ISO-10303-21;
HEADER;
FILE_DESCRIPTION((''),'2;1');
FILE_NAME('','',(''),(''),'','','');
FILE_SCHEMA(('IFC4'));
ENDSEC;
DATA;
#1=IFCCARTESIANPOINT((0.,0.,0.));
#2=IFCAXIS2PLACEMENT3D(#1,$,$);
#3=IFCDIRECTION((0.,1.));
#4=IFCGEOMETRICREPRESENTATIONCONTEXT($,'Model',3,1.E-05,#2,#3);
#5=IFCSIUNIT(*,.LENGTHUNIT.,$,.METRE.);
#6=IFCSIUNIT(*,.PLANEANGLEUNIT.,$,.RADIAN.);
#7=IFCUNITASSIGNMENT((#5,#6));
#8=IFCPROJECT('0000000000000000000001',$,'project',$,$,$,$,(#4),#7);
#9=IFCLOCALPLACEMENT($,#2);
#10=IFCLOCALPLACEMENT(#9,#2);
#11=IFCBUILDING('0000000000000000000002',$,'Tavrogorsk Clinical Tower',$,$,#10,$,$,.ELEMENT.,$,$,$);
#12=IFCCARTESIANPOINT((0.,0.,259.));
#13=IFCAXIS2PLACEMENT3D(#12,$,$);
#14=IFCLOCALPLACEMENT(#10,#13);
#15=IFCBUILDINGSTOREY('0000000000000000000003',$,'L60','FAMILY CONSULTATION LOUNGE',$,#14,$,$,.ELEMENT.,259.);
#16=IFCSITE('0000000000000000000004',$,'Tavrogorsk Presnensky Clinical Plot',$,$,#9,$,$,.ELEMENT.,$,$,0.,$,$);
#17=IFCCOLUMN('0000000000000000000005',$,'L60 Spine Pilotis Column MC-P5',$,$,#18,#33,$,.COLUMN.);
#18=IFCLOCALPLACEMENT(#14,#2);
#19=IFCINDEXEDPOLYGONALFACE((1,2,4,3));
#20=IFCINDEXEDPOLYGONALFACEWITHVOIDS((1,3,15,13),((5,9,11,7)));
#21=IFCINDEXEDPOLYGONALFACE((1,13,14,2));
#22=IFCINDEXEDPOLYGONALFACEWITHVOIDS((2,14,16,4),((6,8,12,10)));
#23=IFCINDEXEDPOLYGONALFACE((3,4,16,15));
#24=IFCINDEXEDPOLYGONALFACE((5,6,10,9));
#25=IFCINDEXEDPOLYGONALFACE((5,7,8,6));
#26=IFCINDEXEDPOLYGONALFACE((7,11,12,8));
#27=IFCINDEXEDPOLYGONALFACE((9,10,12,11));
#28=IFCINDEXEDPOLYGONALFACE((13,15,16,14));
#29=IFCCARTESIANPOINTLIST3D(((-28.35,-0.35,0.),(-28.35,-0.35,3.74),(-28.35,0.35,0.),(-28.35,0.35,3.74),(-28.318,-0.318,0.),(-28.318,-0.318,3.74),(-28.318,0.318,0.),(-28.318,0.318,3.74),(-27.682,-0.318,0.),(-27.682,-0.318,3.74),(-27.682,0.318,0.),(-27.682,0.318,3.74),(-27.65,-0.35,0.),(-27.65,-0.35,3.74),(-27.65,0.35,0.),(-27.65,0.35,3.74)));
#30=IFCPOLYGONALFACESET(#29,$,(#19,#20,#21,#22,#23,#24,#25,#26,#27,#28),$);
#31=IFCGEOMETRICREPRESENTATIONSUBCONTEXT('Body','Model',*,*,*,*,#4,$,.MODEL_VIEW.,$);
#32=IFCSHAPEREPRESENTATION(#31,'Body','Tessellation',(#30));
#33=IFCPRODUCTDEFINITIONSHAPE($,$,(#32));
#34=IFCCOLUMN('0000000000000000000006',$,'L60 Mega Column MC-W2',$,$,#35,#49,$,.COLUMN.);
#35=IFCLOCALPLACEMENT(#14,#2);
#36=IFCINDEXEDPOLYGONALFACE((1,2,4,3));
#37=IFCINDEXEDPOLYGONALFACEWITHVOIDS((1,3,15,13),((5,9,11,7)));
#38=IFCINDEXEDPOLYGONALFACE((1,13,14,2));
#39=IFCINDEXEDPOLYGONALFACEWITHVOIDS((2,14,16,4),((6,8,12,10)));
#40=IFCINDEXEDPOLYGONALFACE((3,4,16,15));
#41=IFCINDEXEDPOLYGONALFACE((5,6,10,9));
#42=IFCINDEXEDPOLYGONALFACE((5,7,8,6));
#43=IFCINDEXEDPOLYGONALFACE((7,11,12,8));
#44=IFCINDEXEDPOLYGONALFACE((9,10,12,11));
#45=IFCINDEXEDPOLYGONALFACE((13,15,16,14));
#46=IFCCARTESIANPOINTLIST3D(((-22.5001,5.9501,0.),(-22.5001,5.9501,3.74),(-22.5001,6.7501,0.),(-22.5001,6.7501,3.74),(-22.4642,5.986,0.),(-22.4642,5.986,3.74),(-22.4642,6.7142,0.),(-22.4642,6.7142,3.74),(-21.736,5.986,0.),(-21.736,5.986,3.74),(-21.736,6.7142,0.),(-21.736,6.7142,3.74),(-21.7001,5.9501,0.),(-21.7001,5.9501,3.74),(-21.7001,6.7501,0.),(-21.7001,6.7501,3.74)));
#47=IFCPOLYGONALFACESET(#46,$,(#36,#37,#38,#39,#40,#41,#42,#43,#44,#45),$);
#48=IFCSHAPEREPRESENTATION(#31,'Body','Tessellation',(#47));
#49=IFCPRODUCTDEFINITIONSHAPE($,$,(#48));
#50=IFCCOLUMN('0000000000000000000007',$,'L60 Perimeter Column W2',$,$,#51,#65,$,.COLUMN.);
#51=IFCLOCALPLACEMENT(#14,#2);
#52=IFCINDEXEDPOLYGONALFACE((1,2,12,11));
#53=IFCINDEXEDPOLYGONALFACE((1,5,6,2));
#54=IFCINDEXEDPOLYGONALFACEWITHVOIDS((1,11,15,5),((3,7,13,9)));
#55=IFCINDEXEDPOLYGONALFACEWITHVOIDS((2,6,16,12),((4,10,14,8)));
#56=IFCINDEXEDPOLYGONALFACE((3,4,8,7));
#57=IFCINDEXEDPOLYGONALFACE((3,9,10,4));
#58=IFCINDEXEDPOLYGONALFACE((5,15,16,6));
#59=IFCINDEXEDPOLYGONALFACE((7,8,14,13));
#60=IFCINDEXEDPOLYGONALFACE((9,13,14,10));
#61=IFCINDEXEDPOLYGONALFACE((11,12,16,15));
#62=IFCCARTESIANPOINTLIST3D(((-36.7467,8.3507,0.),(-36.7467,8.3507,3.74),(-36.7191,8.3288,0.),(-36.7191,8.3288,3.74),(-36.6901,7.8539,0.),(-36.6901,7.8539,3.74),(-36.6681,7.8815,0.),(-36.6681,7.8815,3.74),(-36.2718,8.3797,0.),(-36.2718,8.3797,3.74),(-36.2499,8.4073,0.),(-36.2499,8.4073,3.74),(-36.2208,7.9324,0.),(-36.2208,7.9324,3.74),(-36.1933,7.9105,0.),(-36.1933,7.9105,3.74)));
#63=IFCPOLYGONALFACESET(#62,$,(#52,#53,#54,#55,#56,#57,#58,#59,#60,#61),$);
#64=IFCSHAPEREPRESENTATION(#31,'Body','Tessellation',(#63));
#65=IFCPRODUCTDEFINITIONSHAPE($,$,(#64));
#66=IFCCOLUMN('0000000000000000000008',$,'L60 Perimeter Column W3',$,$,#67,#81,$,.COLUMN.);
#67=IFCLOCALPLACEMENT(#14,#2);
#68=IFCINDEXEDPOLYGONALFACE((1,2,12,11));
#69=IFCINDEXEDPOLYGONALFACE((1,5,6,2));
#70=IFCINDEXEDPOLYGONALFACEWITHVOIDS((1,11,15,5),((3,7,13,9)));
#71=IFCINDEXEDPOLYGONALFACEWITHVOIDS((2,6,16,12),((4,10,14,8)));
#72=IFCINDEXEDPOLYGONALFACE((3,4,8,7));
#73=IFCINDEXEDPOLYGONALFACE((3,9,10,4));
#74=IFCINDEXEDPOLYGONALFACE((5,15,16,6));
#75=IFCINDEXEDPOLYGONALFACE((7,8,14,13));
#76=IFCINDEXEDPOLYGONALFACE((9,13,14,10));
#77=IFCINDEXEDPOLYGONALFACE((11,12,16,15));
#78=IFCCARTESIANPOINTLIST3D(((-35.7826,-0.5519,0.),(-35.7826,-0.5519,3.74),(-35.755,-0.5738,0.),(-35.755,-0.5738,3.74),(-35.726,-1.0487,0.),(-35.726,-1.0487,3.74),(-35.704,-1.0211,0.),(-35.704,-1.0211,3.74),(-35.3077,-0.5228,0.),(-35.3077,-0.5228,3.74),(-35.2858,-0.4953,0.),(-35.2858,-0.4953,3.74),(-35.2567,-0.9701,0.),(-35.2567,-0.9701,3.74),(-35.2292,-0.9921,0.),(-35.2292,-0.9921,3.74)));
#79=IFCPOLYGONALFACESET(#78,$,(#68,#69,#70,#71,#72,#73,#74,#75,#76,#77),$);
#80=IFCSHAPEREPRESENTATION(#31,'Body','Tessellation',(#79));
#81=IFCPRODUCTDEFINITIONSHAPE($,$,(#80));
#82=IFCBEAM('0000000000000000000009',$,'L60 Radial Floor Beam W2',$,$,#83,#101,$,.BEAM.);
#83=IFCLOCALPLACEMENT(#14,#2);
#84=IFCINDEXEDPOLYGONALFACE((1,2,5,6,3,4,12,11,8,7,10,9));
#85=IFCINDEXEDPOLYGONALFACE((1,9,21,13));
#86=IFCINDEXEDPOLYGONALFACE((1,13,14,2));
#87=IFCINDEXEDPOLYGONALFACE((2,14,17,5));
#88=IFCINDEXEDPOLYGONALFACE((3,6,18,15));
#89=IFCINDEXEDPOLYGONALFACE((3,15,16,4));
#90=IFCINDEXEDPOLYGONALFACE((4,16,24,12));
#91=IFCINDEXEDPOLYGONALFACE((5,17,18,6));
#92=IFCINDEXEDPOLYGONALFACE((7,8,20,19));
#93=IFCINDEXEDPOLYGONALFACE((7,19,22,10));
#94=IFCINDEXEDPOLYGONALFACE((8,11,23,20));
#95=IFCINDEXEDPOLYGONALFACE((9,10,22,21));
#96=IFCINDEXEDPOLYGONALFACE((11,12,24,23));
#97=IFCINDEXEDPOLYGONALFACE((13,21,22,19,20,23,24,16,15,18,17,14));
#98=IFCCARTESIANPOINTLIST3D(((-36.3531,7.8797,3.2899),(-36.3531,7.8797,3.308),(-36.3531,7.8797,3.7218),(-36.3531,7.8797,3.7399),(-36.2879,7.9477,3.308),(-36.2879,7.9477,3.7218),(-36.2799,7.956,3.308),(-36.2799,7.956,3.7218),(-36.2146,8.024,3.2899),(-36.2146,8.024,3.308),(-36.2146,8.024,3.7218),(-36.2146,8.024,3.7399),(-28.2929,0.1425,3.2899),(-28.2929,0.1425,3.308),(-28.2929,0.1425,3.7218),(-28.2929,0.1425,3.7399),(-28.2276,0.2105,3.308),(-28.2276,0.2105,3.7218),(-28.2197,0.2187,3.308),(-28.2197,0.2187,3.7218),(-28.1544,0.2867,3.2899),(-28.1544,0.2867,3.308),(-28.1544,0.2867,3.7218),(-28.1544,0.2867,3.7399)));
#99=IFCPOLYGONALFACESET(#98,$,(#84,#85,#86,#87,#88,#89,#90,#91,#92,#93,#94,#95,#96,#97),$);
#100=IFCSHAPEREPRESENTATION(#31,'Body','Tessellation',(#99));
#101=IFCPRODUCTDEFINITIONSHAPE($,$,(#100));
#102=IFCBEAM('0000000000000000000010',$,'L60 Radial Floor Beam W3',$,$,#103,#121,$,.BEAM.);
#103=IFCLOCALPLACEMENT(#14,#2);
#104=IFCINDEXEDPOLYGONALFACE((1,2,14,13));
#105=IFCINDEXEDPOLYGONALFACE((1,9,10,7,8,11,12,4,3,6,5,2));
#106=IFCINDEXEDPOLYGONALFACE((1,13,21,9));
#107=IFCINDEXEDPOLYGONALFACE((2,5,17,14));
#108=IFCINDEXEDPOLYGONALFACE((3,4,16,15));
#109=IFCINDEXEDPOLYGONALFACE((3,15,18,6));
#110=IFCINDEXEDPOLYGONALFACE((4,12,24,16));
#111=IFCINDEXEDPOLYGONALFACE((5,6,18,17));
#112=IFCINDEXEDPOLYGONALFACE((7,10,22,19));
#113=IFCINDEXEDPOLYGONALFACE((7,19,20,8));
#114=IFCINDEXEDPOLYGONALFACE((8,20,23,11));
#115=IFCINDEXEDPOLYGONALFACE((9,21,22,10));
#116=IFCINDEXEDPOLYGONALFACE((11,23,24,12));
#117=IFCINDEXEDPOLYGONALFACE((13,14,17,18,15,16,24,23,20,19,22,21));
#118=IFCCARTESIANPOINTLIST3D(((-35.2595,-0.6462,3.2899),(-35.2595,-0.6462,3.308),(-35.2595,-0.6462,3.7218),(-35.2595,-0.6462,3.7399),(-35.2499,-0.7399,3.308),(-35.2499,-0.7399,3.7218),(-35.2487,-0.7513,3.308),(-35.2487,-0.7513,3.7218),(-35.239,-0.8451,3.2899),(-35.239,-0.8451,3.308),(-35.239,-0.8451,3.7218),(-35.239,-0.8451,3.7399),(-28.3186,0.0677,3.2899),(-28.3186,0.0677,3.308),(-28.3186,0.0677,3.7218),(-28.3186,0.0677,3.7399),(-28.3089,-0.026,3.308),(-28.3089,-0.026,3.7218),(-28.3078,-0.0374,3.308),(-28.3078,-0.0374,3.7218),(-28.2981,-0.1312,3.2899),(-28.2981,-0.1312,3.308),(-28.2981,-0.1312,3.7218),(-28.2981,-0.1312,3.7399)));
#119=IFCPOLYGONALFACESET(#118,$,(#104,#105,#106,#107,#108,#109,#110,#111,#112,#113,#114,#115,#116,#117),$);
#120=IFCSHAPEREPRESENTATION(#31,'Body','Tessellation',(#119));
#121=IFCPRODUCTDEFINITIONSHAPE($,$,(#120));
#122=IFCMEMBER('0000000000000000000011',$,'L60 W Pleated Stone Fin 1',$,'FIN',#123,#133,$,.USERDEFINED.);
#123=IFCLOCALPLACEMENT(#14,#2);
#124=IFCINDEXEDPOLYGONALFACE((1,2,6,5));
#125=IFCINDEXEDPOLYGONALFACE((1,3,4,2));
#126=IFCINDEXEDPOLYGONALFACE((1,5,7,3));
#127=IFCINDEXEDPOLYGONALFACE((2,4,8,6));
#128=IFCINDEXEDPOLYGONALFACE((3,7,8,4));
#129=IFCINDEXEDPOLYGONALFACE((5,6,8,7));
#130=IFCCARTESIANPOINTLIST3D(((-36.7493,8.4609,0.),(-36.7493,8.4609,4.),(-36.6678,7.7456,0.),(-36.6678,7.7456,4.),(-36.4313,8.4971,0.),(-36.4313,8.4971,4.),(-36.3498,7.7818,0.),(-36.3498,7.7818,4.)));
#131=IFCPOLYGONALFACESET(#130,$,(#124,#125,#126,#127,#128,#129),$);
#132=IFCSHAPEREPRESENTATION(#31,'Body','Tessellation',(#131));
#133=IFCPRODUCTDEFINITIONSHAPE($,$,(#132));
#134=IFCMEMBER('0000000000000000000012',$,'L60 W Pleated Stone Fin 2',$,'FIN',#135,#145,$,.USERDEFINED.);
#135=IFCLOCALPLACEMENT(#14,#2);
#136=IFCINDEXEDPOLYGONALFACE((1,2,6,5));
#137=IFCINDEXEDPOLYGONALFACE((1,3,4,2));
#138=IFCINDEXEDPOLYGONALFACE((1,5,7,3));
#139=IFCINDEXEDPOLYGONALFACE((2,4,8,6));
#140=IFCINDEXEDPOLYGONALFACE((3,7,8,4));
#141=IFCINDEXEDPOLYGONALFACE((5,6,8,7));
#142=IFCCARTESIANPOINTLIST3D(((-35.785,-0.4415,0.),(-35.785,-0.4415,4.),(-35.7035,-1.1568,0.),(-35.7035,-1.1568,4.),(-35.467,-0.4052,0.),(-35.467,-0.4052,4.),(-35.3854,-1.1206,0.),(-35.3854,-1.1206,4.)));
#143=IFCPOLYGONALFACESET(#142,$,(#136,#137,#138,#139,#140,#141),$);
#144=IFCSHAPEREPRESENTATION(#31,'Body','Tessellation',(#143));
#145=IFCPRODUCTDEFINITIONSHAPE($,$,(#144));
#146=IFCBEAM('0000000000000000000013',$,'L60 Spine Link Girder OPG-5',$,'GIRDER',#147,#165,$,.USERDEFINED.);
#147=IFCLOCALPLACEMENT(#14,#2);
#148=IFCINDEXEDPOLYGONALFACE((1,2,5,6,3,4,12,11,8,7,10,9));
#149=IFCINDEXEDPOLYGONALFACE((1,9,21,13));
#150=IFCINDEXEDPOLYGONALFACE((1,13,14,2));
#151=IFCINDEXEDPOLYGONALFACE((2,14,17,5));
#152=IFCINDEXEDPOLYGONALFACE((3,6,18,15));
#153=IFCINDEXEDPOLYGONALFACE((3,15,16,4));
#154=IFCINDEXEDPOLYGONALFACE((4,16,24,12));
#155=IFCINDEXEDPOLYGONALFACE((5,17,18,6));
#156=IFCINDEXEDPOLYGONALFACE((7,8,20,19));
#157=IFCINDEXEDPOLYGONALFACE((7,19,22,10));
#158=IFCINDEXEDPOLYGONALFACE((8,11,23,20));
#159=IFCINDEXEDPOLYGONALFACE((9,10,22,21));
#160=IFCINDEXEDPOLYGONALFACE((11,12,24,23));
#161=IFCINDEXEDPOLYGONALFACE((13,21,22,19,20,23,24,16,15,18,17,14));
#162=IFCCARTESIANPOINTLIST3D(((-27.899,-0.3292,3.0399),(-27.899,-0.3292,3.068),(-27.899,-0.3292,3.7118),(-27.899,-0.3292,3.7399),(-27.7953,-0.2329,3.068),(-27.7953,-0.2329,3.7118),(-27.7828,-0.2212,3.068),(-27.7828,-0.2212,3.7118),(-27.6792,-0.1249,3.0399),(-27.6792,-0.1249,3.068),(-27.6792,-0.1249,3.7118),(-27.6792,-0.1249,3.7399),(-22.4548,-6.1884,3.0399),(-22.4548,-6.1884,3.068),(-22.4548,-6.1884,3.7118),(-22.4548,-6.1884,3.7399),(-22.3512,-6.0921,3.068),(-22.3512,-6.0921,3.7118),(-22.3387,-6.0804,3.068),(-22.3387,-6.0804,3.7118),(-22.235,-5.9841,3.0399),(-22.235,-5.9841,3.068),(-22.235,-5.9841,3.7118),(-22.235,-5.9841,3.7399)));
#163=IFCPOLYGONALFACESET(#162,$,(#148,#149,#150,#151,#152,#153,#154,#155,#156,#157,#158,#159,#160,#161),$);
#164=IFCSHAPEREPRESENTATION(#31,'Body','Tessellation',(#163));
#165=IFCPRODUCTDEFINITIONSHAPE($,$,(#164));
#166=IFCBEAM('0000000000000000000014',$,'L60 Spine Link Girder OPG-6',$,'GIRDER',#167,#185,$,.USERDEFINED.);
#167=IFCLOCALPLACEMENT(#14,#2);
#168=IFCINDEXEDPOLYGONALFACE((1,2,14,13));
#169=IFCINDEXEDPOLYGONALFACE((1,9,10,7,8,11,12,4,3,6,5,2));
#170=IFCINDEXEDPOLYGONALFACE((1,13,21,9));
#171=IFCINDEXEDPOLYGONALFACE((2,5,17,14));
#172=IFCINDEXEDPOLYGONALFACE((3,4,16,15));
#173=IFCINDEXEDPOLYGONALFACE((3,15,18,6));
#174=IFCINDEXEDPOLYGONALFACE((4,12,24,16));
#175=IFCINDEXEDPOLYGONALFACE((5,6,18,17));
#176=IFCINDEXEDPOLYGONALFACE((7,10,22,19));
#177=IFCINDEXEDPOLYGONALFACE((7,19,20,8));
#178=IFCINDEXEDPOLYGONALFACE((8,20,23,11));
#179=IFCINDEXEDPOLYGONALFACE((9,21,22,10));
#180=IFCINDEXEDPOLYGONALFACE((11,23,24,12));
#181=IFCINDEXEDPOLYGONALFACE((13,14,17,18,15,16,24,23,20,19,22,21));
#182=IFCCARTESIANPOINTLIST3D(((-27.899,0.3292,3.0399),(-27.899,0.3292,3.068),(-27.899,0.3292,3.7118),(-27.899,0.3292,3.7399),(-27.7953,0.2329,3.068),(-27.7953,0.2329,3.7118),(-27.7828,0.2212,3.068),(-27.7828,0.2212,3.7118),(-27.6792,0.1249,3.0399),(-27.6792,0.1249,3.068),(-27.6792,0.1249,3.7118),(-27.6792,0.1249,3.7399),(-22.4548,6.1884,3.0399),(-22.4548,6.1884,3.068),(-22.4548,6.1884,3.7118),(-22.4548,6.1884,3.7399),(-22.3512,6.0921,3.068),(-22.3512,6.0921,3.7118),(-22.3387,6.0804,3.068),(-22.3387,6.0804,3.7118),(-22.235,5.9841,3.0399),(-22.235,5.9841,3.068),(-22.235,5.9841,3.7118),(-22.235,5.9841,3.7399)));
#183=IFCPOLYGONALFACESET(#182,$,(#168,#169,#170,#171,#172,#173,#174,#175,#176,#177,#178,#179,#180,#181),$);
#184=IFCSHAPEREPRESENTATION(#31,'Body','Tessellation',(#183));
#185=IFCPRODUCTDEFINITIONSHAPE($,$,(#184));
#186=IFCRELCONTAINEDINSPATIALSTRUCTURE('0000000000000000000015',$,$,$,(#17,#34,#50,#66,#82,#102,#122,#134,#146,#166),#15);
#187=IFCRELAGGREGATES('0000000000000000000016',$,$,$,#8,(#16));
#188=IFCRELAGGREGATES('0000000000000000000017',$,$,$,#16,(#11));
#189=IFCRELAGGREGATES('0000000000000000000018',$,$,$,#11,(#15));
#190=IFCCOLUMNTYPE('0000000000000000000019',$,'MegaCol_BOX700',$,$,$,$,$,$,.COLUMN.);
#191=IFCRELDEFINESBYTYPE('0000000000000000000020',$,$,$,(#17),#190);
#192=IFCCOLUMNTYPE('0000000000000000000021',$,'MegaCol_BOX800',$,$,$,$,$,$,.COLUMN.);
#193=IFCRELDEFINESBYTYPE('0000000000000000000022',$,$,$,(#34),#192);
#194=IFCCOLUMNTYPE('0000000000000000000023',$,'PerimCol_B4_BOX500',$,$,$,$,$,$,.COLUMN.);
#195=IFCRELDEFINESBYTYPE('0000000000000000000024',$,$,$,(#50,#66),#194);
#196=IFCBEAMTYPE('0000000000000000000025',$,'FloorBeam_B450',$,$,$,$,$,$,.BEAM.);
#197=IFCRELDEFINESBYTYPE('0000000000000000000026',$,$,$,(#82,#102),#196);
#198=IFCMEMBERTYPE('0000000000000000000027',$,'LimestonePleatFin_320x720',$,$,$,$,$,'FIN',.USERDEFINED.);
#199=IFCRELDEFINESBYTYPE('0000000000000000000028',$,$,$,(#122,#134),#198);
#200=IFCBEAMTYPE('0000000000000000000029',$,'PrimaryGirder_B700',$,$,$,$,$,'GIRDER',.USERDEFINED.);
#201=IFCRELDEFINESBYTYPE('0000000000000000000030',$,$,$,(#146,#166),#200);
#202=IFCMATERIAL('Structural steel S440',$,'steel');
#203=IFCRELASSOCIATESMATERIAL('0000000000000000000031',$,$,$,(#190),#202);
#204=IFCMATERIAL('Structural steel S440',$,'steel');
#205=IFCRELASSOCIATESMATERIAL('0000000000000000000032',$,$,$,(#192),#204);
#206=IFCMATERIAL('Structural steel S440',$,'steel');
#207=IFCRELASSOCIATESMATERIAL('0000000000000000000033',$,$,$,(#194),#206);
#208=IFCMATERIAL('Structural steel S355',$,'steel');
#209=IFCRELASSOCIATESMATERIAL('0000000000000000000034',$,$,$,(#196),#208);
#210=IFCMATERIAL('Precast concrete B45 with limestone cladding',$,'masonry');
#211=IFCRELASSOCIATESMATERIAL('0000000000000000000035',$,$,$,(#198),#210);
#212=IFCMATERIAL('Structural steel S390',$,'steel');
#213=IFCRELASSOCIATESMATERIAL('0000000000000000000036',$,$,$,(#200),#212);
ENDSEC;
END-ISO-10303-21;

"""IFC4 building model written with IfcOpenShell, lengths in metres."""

from ifc_helpers import new_model, si_unit, direction, frame, origin, origin_2d, place, context, subcontext, project, spatial, rectangle, hollow_rectangle, i_section, extrude, material, material_profile, profile_set, type_object, element, save


model = new_model("IFC4")

# Units and contexts
model_context = context("Model", 3, precision=1e-05, world=origin(), true_north=direction((0.0, 1.0)))
body_context = subcontext(model_context, "Body", "Model", "MODEL_VIEW")
ifc_project = project(units=[si_unit("LENGTHUNIT", "METRE"), si_unit("PLANEANGLEUNIT", "RADIAN")], contexts=[model_context])

# Site, building, storey
site_placement = place(None, origin())
site = spatial("IfcSite", under=ifc_project, at=site_placement, Name="Tavrogorsk Presnensky Clinical Plot", CompositionType="ELEMENT", RefElevation=0.0)
building_placement = place(site_placement, origin())
building = spatial("IfcBuilding", under=site, at=building_placement, Name="Tavrogorsk Clinical Tower", CompositionType="ELEMENT")
storey_placement = place(building_placement, frame((0.0, 0.0, 259.0)))
storey = spatial("IfcBuildingStorey", under=building, at=storey_placement, Name="L60", Description="FAMILY CONSULTATION LOUNGE", CompositionType="ELEMENT", Elevation=259.0)

# Columns
ifc_material_1 = material(Name="Structural steel S440", Category="steel")
ifc_material_profile_1 = material_profile(ifc_material_1, hollow_rectangle(XDim=0.7, YDim=0.7, WallThickness=0.032, at=origin_2d()), Name="BOX-700x700x32")
ifc_profile_set_1 = profile_set([ifc_material_profile_1], Name="Structural steel S440")
column_type_1 = type_object("IfcColumnType", Name="MegaCol_BOX700", PredefinedType="COLUMN", material=ifc_profile_set_1)
column_1_placement = place(storey_placement, frame((-28.0, 0.0, 0.0), z_axis=(0.0, 0.0, 1.0), x_axis=(1.0, 0.0, 0.0)))
element("IfcColumn", 1, at=column_1_placement, inside=storey, type_object=column_type_1, Name="L60 Spine Pilotis Column MC-P5", PredefinedType="COLUMN", context=body_context, shape_type="SweptSolid", body=[
    extrude(hollow_rectangle(XDim=0.7, YDim=0.7, WallThickness=0.032, at=origin_2d()), origin(), (0.0, 0.0, 1.0), 3.74),
])
ifc_material_2 = material(Name="Structural steel S440", Category="steel")
ifc_material_profile_2 = material_profile(ifc_material_2, hollow_rectangle(XDim=0.8, YDim=0.8, WallThickness=0.0359, at=origin_2d()), Name="BOX-800x800x36")
ifc_profile_set_2 = profile_set([ifc_material_profile_2], Name="Structural steel S440")
column_type_2 = type_object("IfcColumnType", Name="MegaCol_BOX800", PredefinedType="COLUMN", material=ifc_profile_set_2)
column_2_placement = place(storey_placement, frame((-22.1001, 6.3501, 0.0), z_axis=(0.0, 0.0, 1.0), x_axis=(1.0, 0.0, 0.0)))
element("IfcColumn", 2, at=column_2_placement, inside=storey, type_object=column_type_2, Name="L60 Mega Column MC-W2", PredefinedType="COLUMN", context=body_context, shape_type="SweptSolid", body=[
    extrude(hollow_rectangle(XDim=0.8, YDim=0.8, WallThickness=0.0359, at=origin_2d()), origin(), (0.0, 0.0, 1.0), 3.74),
])
ifc_material_3 = material(Name="Structural steel S440", Category="steel")
ifc_material_profile_3 = material_profile(ifc_material_3, hollow_rectangle(XDim=0.5, YDim=0.5, WallThickness=0.0249, at=origin_2d()), Name="BOX-500x500x25")
ifc_profile_set_3 = profile_set([ifc_material_profile_3], Name="Structural steel S440")
column_type_3 = type_object("IfcColumnType", Name="PerimCol_B4_BOX500", PredefinedType="COLUMN", material=ifc_profile_set_3)
for number, where, z_axis, x_axis, name in (
    (3, (-36.47, 8.1306, 0.0), (0.0, 0.0, 1.0), (0.993572, 0.113203, 0.0), "L60 Perimeter Column W2"),
    (4, (-35.5059, -0.772, 0.0), (0.0, 0.0, 1.0), (0.993572, 0.113203, 0.0), "L60 Perimeter Column W3"),
):
    element("IfcColumn", number, at=place(storey_placement, frame(where, z_axis=z_axis, x_axis=x_axis)), inside=storey, type_object=column_type_3, Name=name, PredefinedType="COLUMN", context=body_context, shape_type="SweptSolid", body=[
        extrude(hollow_rectangle(XDim=0.5, YDim=0.5, WallThickness=0.0249, at=origin_2d()), origin(), (0.0, 0.0, 1.0), 3.74),
    ])

# Beams
ifc_material_4 = material(Name="Structural steel S355", Category="steel")
ifc_material_profile_4 = material_profile(ifc_material_4, i_section(OverallWidth=0.2, OverallDepth=0.45, WebThickness=0.0115, FlangeThickness=0.0181, at=origin_2d()), Name="B-450x200x11.5x18")
ifc_profile_set_4 = profile_set([ifc_material_profile_4], Name="Structural steel S355")
beam_type_1 = type_object("IfcBeamType", Name="FloorBeam_B450", PredefinedType="BEAM", material=ifc_profile_set_4)
beam_1_placement = place(storey_placement, frame((-28.2236, 0.2146, 3.5149), z_axis=(-0.721414, 0.692505, 0.0), x_axis=(-0.692505, -0.721414, 0.0)))
element("IfcBeam", 5, at=beam_1_placement, inside=storey, type_object=beam_type_1, Name="L60 Radial Floor Beam W2", PredefinedType="BEAM", context=body_context, shape_type="SweptSolid", body=[
    extrude(i_section(OverallWidth=0.2, OverallDepth=0.45, WebThickness=0.0115, FlangeThickness=0.0181, at=origin_2d()), origin(), (0.0, 0.0, 1.0), 11.1729),
])
beam_2_placement = place(storey_placement, frame((-28.3083, -0.0317, 3.5149), z_axis=(-0.994753, -0.102309, 0.0), x_axis=(0.102309, -0.994753, 0.0)))
element("IfcBeam", 6, at=beam_2_placement, inside=storey, type_object=beam_type_1, Name="L60 Radial Floor Beam W3", PredefinedType="BEAM", context=body_context, shape_type="SweptSolid", body=[
    extrude(i_section(OverallWidth=0.2, OverallDepth=0.45, WebThickness=0.0115, FlangeThickness=0.0181, at=origin_2d()), origin(), (0.0, 0.0, 1.0), 6.9775),
])

# Members
ifc_material_5 = material(Name="Precast concrete B45 with limestone cladding", Category="masonry")
ifc_material_profile_5 = material_profile(ifc_material_5, rectangle(XDim=0.3201, YDim=0.72, at=origin_2d()), Name="LIMESTONE-FIN-320x720")
ifc_profile_set_5 = profile_set([ifc_material_profile_5], Name="Precast concrete B45 with limestone cladding")
member_type = type_object("IfcMemberType", Name="LimestonePleatFin_320x720", ElementType="FIN", PredefinedType="USERDEFINED", material=ifc_profile_set_5)
for number, where, z_axis, x_axis, name in (
    (7, (-36.5496, 8.1213, 0.0), (0.0, 0.0, 1.0), (0.993572, 0.113203, 0.0), "L60 W Pleated Stone Fin 1"),
    (8, (-35.5852, -0.781, 0.0), (0.0, 0.0, 1.0), (0.993572, 0.113203, 0.0), "L60 W Pleated Stone Fin 2"),
):
    element("IfcMember", number, at=place(storey_placement, frame(where, z_axis=z_axis, x_axis=x_axis)), inside=storey, type_object=member_type, Name=name, ObjectType="FIN", PredefinedType="USERDEFINED", context=body_context, shape_type="SweptSolid", body=[
        extrude(rectangle(XDim=0.3201, YDim=0.72, at=origin_2d()), origin(), (0.0, 0.0, 1.0), 4.0),
    ])

# Beams
ifc_material_6 = material(Name="Structural steel S390", Category="steel")
ifc_material_profile_6 = material_profile(ifc_material_6, i_section(OverallWidth=0.3, OverallDepth=0.7, WebThickness=0.0171, FlangeThickness=0.0281, at=origin_2d()), Name="B-700x300x17x28")
ifc_profile_set_6 = profile_set([ifc_material_profile_6], Name="Structural steel S390")
beam_type_2 = type_object("IfcBeamType", Name="PrimaryGirder_B700", ElementType="GIRDER", PredefinedType="USERDEFINED", material=ifc_profile_set_6)
for number, where, z_axis, x_axis, name in (
    (9, (-27.7891, -0.2271, 3.3899), (0.680684, -0.732577, 0.0), (0.732577, 0.680684, 0.0), "L60 Spine Link Girder OPG-5"),
    (10, (-27.7891, 0.2271, 3.3899), (0.680684, 0.732577, 0.0), (-0.732577, 0.680684, 0.0), "L60 Spine Link Girder OPG-6"),
):
    element("IfcBeam", number, at=place(storey_placement, frame(where, z_axis=z_axis, x_axis=x_axis)), inside=storey, type_object=beam_type_2, Name=name, ObjectType="GIRDER", PredefinedType="USERDEFINED", context=body_context, shape_type="SweptSolid", body=[
        extrude(i_section(OverallWidth=0.3, OverallDepth=0.7, WebThickness=0.0171, FlangeThickness=0.0281, at=origin_2d()), origin(), (0.0, 0.0, 1.0), 7.998),
    ])

save(model, "model.ifc")
